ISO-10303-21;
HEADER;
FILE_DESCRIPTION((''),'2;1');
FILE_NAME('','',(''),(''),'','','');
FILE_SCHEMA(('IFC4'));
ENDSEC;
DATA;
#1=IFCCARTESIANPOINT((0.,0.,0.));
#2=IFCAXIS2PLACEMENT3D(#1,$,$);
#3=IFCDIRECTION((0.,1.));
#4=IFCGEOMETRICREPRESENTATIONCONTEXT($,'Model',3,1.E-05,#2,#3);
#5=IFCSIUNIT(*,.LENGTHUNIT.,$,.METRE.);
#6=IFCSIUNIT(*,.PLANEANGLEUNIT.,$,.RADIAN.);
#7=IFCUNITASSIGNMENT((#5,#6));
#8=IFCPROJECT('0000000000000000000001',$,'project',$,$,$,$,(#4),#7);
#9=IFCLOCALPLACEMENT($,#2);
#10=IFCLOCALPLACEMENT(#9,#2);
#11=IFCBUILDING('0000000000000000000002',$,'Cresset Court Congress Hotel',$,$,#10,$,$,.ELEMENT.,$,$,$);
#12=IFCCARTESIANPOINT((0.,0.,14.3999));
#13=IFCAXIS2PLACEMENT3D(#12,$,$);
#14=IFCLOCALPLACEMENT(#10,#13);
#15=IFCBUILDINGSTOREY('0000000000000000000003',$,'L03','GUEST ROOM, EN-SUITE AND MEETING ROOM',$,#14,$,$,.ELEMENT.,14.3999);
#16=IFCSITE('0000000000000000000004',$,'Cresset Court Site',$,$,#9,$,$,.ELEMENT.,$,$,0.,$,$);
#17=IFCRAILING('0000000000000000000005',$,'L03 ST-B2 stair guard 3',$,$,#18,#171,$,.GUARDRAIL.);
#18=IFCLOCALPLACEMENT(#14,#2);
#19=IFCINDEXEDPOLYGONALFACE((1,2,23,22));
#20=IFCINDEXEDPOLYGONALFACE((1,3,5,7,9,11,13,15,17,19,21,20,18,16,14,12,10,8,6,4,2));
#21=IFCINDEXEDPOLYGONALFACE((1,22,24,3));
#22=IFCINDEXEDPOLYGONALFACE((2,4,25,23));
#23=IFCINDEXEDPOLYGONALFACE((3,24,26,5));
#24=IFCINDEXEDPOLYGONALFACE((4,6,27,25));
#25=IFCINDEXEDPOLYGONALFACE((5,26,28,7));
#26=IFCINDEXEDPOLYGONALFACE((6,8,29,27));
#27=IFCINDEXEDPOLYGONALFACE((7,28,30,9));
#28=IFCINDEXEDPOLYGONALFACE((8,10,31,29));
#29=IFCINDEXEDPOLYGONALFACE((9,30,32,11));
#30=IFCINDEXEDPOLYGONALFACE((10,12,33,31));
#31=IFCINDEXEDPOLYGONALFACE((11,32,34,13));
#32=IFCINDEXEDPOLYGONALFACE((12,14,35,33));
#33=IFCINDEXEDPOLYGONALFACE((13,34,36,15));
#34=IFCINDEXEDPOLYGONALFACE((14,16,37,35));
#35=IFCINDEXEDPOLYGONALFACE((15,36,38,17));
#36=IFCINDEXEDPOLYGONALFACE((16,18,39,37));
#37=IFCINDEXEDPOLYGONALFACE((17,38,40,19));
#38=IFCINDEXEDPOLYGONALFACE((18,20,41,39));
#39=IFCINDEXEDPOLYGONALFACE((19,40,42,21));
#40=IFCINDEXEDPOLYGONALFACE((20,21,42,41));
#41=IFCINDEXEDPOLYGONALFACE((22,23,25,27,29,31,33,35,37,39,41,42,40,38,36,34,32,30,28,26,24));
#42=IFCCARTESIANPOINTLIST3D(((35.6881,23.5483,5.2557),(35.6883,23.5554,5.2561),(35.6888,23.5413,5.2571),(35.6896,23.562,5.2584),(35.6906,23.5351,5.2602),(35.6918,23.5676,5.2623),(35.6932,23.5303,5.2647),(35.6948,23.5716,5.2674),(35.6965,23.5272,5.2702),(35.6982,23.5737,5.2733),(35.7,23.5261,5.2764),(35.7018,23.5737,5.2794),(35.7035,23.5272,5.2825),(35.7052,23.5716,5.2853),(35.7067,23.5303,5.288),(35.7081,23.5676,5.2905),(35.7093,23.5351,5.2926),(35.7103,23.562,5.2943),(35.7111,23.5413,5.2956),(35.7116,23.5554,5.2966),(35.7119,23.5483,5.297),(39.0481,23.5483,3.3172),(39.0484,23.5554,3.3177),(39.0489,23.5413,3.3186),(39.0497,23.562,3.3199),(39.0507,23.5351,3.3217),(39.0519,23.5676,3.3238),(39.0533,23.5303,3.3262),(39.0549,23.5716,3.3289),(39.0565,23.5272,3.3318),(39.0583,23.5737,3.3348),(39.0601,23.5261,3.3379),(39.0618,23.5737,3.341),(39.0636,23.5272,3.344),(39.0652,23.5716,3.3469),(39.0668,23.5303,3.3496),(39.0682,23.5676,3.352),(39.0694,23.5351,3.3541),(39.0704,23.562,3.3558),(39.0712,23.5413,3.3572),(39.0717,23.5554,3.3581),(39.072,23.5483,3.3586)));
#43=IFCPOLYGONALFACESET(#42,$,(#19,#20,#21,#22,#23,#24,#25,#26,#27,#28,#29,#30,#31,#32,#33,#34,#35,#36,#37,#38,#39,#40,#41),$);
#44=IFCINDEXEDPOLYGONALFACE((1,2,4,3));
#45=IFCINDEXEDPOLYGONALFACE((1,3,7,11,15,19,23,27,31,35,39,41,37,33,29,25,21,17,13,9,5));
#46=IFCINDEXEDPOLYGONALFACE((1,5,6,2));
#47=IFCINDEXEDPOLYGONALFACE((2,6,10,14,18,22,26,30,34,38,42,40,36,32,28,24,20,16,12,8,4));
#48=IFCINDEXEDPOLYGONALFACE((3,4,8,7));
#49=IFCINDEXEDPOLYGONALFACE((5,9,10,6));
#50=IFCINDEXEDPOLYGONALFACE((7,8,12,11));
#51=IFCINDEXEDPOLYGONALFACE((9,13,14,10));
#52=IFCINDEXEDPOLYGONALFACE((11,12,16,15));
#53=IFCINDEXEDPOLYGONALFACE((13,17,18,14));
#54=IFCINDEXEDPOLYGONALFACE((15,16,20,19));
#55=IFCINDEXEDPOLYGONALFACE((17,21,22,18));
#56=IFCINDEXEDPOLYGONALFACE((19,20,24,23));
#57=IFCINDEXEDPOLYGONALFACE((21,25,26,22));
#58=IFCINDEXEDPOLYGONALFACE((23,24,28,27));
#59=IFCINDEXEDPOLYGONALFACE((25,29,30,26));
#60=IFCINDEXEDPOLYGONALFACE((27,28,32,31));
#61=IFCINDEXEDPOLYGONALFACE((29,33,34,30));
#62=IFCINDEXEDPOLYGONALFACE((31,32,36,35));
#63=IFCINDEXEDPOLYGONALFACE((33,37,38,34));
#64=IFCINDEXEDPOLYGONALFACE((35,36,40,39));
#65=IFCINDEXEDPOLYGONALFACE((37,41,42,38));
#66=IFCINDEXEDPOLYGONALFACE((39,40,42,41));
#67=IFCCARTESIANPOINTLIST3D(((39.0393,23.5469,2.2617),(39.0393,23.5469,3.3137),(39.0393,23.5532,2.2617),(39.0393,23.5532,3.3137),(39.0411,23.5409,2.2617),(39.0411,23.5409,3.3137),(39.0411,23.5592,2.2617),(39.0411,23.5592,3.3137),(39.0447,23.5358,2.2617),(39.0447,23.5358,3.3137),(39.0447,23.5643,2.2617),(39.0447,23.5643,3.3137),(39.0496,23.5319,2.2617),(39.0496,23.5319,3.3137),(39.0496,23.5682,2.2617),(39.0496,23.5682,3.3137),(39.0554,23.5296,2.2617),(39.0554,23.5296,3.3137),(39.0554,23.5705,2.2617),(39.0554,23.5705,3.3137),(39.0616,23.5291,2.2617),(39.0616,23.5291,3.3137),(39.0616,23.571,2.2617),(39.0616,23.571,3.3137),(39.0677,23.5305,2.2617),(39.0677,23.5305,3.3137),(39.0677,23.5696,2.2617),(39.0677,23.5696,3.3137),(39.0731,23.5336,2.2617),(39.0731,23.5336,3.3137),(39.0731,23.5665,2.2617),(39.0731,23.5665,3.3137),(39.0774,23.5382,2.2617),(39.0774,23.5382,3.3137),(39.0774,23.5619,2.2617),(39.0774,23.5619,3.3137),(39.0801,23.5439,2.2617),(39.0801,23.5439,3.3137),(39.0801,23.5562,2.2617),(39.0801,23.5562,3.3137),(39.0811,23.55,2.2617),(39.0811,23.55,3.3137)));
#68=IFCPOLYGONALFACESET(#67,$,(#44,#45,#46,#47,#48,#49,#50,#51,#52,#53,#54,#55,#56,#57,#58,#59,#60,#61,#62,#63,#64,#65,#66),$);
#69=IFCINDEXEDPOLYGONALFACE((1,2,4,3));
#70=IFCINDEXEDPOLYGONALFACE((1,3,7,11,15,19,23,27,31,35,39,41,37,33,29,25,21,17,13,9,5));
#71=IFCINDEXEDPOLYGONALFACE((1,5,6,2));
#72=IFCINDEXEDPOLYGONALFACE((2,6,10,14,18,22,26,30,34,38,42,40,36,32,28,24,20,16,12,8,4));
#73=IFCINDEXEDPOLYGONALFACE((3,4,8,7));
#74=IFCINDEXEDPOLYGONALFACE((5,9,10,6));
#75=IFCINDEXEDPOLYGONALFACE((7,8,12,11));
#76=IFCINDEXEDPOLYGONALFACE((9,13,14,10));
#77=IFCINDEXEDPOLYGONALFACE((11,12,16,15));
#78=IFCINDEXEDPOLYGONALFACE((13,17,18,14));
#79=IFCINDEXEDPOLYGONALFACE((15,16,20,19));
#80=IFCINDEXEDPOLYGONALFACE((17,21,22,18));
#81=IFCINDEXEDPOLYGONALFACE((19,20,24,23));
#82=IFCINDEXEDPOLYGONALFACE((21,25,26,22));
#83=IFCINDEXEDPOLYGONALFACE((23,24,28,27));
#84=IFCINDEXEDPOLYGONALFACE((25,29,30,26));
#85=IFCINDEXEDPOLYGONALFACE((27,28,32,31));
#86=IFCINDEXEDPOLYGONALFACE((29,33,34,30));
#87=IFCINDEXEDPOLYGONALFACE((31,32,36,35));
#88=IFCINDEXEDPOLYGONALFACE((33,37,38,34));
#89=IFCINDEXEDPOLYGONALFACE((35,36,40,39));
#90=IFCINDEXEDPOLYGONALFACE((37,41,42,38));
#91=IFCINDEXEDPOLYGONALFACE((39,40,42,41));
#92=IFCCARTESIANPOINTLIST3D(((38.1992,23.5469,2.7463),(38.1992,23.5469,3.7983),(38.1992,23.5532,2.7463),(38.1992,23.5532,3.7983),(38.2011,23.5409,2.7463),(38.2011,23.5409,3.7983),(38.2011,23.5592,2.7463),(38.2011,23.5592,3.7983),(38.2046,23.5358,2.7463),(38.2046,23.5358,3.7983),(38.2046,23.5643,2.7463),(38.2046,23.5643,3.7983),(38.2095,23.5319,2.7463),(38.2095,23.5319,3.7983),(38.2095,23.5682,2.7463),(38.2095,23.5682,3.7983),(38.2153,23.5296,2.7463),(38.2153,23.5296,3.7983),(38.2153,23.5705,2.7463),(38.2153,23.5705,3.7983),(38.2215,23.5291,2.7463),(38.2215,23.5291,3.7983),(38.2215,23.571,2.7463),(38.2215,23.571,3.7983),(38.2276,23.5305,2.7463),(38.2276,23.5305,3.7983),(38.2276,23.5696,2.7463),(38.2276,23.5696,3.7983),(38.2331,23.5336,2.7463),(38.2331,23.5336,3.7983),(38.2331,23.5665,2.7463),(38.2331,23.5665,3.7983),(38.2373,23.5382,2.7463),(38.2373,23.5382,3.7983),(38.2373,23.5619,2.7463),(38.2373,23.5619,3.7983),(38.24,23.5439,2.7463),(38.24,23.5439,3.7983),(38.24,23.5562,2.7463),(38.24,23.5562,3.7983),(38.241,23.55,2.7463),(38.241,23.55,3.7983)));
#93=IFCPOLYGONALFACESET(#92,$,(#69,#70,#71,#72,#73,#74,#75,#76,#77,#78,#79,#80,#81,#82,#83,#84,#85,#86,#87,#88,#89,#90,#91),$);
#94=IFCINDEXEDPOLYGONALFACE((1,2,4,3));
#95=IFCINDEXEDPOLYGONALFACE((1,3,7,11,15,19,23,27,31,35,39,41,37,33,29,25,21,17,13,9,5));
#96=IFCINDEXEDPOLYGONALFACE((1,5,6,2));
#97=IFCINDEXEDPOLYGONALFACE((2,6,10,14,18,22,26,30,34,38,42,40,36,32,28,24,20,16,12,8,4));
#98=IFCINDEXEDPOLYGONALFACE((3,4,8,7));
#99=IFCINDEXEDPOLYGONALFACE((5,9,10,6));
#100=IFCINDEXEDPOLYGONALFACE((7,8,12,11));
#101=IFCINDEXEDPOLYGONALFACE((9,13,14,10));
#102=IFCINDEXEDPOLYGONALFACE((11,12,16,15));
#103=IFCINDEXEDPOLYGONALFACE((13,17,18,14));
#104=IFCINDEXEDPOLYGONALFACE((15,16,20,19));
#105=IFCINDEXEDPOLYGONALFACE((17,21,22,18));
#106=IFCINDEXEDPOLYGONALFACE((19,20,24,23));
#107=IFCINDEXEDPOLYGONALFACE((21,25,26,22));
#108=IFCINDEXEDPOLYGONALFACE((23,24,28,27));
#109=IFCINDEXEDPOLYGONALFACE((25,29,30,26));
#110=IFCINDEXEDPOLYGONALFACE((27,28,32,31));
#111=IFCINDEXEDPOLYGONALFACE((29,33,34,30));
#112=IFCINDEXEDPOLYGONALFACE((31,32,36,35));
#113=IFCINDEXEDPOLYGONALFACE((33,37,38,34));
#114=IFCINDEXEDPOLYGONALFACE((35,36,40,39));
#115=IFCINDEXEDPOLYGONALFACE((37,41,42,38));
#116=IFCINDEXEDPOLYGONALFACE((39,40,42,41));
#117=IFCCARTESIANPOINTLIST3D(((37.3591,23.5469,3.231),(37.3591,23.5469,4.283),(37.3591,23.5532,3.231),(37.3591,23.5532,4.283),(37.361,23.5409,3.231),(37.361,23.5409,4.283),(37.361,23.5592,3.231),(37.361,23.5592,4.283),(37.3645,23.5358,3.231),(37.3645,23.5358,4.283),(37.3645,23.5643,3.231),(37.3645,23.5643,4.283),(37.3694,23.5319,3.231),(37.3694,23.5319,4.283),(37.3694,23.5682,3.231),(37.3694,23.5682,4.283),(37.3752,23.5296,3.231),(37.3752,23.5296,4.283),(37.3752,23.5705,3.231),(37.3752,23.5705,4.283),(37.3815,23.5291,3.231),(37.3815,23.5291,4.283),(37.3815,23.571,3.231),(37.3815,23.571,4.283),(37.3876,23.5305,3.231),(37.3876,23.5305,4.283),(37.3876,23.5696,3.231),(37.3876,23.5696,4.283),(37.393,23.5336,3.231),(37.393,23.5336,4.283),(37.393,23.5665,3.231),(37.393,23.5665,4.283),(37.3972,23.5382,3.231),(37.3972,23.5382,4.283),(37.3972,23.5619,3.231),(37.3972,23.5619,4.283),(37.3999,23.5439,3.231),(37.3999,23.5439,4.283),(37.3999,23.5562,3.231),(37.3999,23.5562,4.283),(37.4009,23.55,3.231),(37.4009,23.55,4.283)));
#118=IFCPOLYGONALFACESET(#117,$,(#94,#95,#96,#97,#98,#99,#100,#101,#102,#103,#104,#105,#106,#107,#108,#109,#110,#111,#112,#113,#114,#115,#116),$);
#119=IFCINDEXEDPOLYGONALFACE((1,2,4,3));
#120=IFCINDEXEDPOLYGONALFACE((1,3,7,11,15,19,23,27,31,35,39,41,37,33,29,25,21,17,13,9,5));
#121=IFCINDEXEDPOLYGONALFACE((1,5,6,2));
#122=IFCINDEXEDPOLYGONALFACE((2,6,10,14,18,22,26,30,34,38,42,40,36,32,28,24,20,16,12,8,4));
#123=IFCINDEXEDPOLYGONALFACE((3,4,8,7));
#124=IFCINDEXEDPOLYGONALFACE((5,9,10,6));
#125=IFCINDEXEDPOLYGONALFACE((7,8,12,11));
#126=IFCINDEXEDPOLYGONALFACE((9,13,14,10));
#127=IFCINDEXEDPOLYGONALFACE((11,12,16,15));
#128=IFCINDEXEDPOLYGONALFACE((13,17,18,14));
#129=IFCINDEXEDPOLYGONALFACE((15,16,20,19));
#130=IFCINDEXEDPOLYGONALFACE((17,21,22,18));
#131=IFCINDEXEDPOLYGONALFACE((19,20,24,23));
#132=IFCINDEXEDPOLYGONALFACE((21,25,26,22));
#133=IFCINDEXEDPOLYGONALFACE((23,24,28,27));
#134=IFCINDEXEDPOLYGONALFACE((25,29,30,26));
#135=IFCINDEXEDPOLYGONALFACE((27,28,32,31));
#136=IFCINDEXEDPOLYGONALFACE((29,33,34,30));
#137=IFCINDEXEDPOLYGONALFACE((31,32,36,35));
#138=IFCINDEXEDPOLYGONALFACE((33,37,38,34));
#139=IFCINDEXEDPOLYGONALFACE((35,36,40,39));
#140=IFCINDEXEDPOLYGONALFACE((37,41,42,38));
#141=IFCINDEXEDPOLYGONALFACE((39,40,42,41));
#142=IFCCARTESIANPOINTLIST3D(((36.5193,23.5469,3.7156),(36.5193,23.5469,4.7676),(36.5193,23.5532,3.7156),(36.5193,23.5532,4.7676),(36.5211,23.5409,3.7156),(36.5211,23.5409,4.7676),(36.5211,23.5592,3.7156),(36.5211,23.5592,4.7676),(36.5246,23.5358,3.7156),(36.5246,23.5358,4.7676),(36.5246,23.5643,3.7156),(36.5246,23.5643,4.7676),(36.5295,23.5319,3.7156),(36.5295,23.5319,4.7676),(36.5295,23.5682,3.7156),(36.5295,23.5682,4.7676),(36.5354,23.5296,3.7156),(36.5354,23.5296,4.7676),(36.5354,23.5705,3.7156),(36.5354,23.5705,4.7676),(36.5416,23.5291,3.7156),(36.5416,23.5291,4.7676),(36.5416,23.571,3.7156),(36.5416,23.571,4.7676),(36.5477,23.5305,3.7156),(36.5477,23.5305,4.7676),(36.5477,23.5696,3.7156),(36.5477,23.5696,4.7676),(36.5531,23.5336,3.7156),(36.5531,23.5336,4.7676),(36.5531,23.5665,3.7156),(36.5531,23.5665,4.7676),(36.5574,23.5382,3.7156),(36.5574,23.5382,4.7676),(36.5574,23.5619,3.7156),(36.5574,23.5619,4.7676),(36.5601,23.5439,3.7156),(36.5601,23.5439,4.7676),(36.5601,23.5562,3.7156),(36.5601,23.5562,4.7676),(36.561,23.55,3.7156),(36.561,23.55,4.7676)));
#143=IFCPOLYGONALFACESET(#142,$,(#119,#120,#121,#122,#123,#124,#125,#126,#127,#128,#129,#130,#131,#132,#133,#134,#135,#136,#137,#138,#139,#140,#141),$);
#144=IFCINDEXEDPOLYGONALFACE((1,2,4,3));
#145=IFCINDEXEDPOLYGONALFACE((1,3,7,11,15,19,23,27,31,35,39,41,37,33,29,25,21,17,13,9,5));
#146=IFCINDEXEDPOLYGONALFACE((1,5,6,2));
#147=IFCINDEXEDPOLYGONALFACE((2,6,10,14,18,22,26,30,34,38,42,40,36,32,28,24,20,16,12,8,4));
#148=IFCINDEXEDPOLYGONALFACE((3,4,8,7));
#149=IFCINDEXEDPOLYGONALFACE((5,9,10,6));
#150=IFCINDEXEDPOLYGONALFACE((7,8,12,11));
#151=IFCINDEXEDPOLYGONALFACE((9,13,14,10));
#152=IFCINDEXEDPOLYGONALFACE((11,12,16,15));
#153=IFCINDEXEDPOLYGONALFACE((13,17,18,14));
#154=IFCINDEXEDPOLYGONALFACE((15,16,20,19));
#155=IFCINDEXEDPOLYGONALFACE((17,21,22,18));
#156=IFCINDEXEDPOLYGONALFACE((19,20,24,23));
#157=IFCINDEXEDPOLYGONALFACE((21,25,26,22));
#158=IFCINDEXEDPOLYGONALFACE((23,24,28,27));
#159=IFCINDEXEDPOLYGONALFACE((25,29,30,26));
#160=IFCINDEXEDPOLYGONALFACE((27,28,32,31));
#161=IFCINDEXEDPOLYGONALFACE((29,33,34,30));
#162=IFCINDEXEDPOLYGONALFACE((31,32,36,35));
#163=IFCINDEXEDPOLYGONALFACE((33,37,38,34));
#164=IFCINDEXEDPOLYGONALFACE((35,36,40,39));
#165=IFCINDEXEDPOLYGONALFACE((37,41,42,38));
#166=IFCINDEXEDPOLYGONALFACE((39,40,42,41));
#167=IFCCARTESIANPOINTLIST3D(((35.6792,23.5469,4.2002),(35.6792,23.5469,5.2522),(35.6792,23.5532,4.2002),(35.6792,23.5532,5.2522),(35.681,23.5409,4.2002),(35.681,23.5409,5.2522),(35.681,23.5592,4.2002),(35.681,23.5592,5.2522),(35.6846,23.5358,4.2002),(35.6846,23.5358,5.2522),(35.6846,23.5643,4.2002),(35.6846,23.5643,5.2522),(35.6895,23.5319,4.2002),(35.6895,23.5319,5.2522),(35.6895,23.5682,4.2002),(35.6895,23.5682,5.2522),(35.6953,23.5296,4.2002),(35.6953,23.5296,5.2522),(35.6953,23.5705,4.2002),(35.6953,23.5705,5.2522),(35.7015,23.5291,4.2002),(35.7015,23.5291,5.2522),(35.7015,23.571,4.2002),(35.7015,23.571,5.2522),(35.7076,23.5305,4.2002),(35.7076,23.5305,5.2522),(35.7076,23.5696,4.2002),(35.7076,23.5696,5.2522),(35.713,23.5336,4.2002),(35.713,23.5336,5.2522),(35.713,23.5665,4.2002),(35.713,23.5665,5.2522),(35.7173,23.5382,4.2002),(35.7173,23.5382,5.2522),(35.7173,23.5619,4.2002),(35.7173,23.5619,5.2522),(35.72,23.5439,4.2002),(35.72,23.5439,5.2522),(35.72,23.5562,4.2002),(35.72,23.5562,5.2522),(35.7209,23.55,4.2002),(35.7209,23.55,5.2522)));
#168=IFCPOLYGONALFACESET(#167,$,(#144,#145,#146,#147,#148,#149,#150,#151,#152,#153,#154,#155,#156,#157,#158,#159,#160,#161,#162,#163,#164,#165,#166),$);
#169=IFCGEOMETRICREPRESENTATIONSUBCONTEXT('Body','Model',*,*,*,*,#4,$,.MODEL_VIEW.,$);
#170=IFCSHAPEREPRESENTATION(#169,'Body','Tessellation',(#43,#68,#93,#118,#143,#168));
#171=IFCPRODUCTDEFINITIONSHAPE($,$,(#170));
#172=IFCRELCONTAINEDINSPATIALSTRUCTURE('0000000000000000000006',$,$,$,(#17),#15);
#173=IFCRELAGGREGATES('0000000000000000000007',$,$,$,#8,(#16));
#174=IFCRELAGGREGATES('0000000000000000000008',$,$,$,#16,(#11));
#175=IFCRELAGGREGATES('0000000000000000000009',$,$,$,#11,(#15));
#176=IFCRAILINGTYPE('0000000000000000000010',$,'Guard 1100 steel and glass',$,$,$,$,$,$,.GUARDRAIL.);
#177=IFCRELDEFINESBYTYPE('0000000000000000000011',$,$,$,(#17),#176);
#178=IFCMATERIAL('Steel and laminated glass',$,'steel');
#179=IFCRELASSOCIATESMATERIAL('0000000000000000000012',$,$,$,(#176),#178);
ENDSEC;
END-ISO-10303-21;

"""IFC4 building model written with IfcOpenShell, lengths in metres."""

from ifc_helpers import new_model, si_unit, direction, frame, origin, origin_2d, place, context, subcontext, project, spatial, circle, extrude, material, type_object, element, save


model = new_model("IFC4")

# Units and contexts
model_context = context("Model", 3, precision=1e-05, world=origin(), true_north=direction((0.0, 1.0)))
body_context = subcontext(model_context, "Body", "Model", "MODEL_VIEW")
ifc_project = project(units=[si_unit("LENGTHUNIT", "METRE"), si_unit("PLANEANGLEUNIT", "RADIAN")], contexts=[model_context])

# Site, building, storey
site_placement = place(None, origin())
site = spatial("IfcSite", under=ifc_project, at=site_placement, Name="Cresset Court Site", CompositionType="ELEMENT", RefElevation=0.0)
building_placement = place(site_placement, origin())
building = spatial("IfcBuilding", under=site, at=building_placement, Name="Cresset Court Congress Hotel", CompositionType="ELEMENT")
storey_placement = place(building_placement, frame((0.0, 0.0, 14.3999)))
storey = spatial("IfcBuildingStorey", under=building, at=storey_placement, Name="L03", Description="GUEST ROOM, EN-SUITE AND MEETING ROOM", CompositionType="ELEMENT", Elevation=14.3999)

# Railing
ifc_material_1 = material(Name="Steel and laminated glass", Category="steel")
railing_type_1 = type_object("IfcRailingType", Name="Guard 1100 steel and glass", PredefinedType="GUARDRAIL", material=ifc_material_1)
railing_1_placement = place(storey_placement, frame((39.0601, 23.55, 2.2617)))
element("IfcRailing", 1, at=railing_1_placement, inside=storey, type_object=railing_type_1, Name="L03 ST-B2 stair guard 3", PredefinedType="GUARDRAIL", context=body_context, shape_type="SweptSolid", body=[
    extrude(circle(Radius=0.0239, at=origin_2d()), frame((0.0, 0.0, 1.0762), z_axis=(-0.866191, 0.0, 0.499713), x_axis=(0.0, -1.0, 0.0)), (0.0, 0.0, 1.0), 3.8792),
    extrude(circle(Radius=0.021, at=origin_2d()), origin(), (0.0, 0.0, 1.0), 1.052),
    extrude(circle(Radius=0.021, at=origin_2d()), frame((-0.8401, 0.0, 0.4846)), (0.0, 0.0, 1.0), 1.052),
    extrude(circle(Radius=0.021, at=origin_2d()), frame((-1.6802, 0.0, 0.9692)), (0.0, 0.0, 1.0), 1.052),
    extrude(circle(Radius=0.021, at=origin_2d()), frame((-2.52, 0.0, 1.4539)), (0.0, 0.0, 1.0), 1.052),
    extrude(circle(Radius=0.021, at=origin_2d()), frame((-3.3601, 0.0, 1.9385)), (0.0, 0.0, 1.0), 1.052),
])

save(model, "model.ifc")
